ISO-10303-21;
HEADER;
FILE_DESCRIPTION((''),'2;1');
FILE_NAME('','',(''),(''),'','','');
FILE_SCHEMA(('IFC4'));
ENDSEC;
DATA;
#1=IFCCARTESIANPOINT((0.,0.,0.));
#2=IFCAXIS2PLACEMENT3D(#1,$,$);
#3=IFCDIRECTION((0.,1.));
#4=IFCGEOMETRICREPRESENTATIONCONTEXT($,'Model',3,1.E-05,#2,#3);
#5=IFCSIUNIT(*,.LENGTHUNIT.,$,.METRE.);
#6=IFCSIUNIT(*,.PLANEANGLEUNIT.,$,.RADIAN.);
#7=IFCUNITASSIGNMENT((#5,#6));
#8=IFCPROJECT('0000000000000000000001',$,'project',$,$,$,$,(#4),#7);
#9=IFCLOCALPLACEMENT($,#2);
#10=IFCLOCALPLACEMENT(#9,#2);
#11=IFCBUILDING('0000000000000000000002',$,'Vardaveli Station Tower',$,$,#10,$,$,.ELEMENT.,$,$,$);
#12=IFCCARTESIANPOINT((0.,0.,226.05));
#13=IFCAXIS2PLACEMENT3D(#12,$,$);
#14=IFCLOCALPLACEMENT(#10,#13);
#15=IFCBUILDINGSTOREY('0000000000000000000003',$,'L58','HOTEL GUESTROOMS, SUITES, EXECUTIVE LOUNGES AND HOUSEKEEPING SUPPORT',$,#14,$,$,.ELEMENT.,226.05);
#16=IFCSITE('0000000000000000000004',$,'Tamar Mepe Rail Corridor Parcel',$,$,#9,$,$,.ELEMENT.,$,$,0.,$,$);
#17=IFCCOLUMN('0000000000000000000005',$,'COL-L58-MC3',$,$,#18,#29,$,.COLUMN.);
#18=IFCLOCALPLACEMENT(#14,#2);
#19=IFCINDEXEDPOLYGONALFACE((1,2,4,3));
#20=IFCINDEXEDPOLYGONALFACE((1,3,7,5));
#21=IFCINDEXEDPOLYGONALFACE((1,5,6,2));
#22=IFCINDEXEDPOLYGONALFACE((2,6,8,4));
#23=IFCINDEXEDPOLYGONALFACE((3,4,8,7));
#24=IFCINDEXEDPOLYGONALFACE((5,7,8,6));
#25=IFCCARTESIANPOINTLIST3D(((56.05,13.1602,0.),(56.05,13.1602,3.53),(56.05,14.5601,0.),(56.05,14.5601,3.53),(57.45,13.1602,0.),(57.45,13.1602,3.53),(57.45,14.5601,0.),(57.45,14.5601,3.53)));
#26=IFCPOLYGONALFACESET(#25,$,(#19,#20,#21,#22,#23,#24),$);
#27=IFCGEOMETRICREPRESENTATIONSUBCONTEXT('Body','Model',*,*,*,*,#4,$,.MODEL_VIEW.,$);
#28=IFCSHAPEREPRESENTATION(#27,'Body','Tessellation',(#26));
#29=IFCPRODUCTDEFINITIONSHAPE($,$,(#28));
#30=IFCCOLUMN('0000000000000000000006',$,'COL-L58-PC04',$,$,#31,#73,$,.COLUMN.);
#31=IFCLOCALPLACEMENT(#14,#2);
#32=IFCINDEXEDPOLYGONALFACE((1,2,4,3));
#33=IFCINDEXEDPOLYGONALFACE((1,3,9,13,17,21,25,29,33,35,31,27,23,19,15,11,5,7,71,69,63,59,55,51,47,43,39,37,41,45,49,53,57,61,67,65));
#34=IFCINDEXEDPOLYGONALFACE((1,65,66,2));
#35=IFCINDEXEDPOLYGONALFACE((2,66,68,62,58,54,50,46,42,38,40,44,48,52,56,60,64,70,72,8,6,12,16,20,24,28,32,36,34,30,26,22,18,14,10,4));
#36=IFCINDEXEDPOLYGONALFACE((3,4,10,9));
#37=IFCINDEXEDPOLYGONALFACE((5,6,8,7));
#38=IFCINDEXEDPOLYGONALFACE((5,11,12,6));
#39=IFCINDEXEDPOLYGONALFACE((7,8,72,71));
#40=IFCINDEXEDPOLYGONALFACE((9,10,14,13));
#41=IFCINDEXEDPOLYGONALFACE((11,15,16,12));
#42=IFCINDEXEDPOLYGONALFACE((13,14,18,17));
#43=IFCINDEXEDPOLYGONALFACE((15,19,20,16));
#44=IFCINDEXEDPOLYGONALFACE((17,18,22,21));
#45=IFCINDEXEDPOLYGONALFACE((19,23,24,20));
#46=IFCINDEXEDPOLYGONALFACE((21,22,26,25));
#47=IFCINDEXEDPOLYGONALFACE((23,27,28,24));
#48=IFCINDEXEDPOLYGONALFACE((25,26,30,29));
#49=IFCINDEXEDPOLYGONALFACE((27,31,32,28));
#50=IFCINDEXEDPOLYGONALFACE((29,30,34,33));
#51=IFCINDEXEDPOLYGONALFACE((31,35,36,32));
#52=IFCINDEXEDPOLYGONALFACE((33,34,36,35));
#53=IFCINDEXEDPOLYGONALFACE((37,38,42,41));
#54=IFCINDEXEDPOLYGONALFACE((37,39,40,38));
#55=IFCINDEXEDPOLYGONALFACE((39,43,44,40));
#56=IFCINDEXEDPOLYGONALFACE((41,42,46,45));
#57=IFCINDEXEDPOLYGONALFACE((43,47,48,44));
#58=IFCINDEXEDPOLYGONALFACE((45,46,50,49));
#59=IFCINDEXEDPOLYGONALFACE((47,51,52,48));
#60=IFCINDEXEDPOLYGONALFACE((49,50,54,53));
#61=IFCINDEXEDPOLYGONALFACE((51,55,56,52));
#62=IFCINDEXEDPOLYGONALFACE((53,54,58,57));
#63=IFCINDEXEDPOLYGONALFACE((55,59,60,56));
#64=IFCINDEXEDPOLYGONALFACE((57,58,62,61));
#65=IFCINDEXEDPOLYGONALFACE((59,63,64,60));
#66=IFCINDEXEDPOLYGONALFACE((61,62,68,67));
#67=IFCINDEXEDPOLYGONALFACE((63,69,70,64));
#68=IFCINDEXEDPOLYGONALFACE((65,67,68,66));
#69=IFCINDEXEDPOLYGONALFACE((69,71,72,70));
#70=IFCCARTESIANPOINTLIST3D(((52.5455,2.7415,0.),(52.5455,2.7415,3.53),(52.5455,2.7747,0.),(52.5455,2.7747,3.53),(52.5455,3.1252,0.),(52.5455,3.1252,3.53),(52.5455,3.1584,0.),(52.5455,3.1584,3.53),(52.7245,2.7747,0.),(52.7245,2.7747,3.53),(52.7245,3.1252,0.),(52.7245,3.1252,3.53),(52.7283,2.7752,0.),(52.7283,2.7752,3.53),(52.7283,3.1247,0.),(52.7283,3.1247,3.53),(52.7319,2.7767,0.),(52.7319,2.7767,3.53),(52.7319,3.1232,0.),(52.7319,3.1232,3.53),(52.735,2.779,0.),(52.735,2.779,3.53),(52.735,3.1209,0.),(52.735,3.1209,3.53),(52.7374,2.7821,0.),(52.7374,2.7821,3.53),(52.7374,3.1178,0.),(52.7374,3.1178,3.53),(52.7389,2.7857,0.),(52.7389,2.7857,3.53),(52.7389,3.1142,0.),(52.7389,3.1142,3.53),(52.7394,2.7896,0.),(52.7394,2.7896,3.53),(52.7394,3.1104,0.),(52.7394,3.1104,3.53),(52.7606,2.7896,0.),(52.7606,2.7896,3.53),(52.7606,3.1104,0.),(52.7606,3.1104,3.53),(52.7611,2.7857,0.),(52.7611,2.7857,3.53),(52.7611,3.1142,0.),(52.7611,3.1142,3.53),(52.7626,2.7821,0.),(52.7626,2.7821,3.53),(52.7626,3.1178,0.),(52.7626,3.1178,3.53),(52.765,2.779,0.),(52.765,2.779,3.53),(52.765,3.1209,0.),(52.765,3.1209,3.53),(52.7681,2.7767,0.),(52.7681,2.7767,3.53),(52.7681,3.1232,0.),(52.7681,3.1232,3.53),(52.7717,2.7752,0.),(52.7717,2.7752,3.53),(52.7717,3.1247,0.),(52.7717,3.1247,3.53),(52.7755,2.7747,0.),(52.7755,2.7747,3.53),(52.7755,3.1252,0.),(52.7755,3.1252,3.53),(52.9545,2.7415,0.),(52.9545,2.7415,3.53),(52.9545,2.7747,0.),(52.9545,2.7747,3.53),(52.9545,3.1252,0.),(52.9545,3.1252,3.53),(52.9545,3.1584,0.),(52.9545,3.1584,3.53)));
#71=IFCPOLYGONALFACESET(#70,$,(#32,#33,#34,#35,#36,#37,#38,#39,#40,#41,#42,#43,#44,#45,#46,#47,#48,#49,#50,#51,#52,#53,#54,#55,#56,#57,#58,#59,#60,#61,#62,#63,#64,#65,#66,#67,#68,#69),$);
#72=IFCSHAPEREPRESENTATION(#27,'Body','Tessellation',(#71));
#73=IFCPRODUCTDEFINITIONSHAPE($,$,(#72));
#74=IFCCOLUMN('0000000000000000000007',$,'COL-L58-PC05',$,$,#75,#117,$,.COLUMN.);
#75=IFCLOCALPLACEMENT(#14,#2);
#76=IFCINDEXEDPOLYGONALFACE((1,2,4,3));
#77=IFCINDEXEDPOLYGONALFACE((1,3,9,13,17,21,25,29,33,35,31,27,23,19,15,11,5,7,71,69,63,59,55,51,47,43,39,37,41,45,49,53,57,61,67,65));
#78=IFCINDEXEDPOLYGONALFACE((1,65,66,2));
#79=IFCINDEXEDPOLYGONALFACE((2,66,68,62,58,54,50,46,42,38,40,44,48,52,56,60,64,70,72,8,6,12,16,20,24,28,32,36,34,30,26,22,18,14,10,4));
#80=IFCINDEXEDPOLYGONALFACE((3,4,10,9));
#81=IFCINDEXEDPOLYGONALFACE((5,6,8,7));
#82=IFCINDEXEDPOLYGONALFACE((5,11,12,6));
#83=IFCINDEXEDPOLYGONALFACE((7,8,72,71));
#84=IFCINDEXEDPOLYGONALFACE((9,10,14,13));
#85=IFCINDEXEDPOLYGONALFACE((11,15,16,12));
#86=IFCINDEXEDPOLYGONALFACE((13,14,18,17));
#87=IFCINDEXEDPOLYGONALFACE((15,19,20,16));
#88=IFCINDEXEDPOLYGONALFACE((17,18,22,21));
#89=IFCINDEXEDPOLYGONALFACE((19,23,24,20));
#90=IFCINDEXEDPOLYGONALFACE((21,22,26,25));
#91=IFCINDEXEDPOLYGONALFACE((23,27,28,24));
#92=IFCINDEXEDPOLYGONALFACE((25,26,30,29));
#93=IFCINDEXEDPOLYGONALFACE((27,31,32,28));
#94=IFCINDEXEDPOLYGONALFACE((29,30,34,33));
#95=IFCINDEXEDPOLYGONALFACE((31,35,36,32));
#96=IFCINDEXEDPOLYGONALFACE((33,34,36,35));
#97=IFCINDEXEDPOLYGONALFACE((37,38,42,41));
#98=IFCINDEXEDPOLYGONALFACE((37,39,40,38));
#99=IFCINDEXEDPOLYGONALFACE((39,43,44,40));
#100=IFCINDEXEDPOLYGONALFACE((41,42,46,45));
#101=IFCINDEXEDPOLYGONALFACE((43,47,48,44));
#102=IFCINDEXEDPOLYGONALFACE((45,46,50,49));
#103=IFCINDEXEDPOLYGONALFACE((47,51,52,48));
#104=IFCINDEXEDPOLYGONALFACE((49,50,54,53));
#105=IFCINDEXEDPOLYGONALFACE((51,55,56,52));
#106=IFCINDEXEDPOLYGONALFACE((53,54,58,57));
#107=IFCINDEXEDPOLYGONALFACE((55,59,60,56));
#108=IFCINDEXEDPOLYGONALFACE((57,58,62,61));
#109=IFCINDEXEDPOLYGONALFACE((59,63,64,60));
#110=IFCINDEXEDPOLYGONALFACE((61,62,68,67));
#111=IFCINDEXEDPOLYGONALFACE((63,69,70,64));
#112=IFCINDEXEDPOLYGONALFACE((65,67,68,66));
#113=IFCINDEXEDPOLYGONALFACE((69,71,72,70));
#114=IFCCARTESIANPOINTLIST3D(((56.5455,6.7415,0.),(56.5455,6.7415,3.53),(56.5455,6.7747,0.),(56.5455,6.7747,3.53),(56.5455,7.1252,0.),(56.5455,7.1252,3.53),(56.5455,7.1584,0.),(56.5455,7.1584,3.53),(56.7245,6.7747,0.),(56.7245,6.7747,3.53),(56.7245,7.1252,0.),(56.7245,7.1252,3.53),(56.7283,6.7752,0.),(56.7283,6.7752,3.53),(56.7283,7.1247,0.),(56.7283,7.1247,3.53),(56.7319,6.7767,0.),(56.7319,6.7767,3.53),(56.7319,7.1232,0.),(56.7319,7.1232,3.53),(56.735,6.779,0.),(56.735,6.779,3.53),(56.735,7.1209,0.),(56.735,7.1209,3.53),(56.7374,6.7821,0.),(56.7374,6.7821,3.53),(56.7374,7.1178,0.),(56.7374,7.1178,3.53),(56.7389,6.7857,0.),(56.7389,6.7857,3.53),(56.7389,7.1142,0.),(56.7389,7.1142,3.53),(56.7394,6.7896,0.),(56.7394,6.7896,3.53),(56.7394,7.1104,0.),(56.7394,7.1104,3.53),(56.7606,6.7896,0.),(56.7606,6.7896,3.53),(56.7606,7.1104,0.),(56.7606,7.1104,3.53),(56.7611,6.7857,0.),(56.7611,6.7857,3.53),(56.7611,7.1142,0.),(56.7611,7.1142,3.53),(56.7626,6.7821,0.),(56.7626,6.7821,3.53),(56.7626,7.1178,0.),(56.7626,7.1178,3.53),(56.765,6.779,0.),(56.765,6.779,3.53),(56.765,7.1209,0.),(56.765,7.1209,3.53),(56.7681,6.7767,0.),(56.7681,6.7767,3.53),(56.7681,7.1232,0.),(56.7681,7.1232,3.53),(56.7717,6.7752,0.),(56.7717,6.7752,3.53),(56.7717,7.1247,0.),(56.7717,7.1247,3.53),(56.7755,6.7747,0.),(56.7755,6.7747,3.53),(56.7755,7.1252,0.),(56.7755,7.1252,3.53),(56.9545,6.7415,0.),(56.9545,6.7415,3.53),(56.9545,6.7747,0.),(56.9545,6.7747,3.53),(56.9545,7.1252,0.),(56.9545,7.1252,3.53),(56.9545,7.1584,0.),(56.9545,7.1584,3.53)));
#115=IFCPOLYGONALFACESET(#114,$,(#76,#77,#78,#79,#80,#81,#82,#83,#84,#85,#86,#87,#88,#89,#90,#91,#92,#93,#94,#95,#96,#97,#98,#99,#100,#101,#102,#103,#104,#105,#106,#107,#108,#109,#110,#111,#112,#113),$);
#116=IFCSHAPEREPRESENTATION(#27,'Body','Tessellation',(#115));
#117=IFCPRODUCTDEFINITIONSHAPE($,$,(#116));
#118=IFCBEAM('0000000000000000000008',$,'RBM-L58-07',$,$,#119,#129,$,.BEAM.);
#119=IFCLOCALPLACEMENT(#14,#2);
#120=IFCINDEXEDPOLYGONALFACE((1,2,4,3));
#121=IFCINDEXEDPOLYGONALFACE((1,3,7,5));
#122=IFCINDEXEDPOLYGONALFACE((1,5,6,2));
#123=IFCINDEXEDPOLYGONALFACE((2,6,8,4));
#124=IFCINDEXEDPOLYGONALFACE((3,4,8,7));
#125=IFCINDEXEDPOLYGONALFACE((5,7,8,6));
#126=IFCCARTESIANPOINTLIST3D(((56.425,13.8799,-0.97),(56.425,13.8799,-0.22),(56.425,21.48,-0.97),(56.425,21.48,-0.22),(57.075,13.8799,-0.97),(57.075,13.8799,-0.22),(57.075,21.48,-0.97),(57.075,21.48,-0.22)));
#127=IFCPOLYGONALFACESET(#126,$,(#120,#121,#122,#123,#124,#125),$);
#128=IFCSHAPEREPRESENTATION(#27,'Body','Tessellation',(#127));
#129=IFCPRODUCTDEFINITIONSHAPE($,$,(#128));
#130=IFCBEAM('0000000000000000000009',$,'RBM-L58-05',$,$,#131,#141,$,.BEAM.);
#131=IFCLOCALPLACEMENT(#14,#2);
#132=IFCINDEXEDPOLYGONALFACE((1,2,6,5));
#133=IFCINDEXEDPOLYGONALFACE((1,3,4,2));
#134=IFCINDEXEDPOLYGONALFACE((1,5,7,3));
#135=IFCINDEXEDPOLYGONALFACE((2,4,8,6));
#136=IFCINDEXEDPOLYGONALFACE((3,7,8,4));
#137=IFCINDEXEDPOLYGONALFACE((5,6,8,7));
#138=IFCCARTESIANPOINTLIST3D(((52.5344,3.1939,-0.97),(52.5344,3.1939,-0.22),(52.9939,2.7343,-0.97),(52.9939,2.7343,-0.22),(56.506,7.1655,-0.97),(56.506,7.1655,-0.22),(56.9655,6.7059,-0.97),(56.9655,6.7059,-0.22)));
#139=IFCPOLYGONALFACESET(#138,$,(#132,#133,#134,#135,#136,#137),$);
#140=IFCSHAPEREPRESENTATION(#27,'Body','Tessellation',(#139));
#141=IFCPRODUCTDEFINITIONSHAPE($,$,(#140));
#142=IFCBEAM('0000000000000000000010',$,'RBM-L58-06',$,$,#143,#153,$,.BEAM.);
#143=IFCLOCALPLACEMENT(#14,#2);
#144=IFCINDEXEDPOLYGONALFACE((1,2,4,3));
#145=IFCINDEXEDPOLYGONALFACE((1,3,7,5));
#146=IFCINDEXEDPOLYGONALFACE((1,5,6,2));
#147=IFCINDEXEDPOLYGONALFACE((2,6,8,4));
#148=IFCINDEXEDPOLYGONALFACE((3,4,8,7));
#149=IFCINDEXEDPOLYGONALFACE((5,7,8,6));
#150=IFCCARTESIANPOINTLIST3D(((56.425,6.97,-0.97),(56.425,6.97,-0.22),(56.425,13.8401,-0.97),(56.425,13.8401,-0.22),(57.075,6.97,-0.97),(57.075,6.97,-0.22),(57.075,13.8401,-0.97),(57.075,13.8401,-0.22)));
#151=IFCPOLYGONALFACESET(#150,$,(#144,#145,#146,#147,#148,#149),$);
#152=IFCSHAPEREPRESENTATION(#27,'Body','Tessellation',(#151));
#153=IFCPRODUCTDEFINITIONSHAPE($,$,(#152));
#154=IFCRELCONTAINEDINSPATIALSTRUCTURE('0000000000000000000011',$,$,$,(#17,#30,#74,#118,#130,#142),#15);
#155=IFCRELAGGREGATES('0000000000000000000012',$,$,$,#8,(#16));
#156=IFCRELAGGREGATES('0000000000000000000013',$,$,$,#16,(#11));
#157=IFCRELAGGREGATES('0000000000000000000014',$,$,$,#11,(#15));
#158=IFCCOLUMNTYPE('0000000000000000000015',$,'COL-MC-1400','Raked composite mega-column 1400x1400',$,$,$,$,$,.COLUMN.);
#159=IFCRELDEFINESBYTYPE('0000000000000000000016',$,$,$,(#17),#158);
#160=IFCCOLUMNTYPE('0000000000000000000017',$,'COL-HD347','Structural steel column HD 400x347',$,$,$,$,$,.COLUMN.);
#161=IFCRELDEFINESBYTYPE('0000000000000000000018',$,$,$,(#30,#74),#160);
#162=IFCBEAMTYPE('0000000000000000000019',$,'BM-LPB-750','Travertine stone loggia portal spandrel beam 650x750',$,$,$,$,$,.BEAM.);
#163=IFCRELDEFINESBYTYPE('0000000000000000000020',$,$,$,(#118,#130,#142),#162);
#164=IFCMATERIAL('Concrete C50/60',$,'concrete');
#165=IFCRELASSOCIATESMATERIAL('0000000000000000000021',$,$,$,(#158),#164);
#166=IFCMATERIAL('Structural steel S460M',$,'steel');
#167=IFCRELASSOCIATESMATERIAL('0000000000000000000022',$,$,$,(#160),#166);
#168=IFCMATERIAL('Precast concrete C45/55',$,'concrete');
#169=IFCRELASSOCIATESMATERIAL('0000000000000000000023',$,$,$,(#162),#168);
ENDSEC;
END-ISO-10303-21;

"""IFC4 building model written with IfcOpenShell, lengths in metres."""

from ifc_helpers import new_model, si_unit, direction, frame, origin, origin_2d, place, context, subcontext, project, spatial, rectangle, i_section, extrude, source, transform, mapped, material, material_profile, profile_set, type_object, element, save


model = new_model("IFC4")

# Units and contexts
model_context = context("Model", 3, precision=1e-05, world=origin(), true_north=direction((0.0, 1.0)))
body_context = subcontext(model_context, "Body", "Model", "MODEL_VIEW")
ifc_project = project(units=[si_unit("LENGTHUNIT", "METRE"), si_unit("PLANEANGLEUNIT", "RADIAN")], contexts=[model_context])

# Site, building, storey
site_placement = place(None, origin())
site = spatial("IfcSite", under=ifc_project, at=site_placement, Name="Tamar Mepe Rail Corridor Parcel", CompositionType="ELEMENT", RefElevation=0.0)
building_placement = place(site_placement, origin())
building = spatial("IfcBuilding", under=site, at=building_placement, Name="Vardaveli Station Tower", CompositionType="ELEMENT")
storey_placement = place(building_placement, frame((0.0, 0.0, 226.05)))
storey = spatial("IfcBuildingStorey", under=building, at=storey_placement, Name="L58", Description="HOTEL GUESTROOMS, SUITES, EXECUTIVE LOUNGES AND HOUSEKEEPING SUPPORT", CompositionType="ELEMENT", Elevation=226.05)

# Columns
ifc_material_1 = material(Name="Concrete C50/60", Category="concrete")
ifc_material_profile_1 = material_profile(ifc_material_1, rectangle(XDim=1.3999, YDim=1.3999, at=origin_2d()), Name="MC 1400x1400")
ifc_profile_set_1 = profile_set([ifc_material_profile_1], Name="Concrete C50/60")
column_type_1 = type_object("IfcColumnType", Name="COL-MC-1400", Description="Raked composite mega-column 1400x1400", PredefinedType="COLUMN", material=ifc_profile_set_1)
shared_shape_1 = source(origin(), body_context, "Body", "SweptSolid", [
    extrude(rectangle(XDim=1.3999, YDim=1.3999, at=origin_2d()), origin(), (0.0, 0.0, 1.0), 3.53),
])
column_placement = place(storey_placement, frame((56.75, 13.8601, 0.0), z_axis=(0.0, 0.0, 1.0), x_axis=(1.0, 0.0, 0.0)))
element("IfcColumn", 1, at=column_placement, inside=storey, type_object=column_type_1, Name="COL-L58-MC3", PredefinedType="COLUMN", context=body_context, shape_type="MappedRepresentation", body=[
    mapped(shared_shape_1, transform((0.0, 0.0, 0.0), scale=1.0)),
])
ifc_material_2 = material(Name="Structural steel S460M", Category="steel")
ifc_material_profile_2 = material_profile(ifc_material_2, i_section(OverallWidth=0.4089, OverallDepth=0.417, WebThickness=0.0212, FlangeThickness=0.0332, FilletRadius=0.0149, at=origin_2d()), Name="HD 400x347")
ifc_profile_set_2 = profile_set([ifc_material_profile_2], Name="Structural steel S460M")
column_type_2 = type_object("IfcColumnType", Name="COL-HD347", Description="Structural steel column HD 400x347", PredefinedType="COLUMN", material=ifc_profile_set_2)
shared_shape_2 = source(origin(), body_context, "Body", "SweptSolid", [
    extrude(i_section(OverallWidth=0.4089, OverallDepth=0.417, WebThickness=0.0212, FlangeThickness=0.0332, FilletRadius=0.0149, at=origin_2d()), origin(), (0.0, 0.0, 1.0), 3.53),
])
for number, where, z_axis, x_axis, name in (
    (2, (52.75, 2.95, 0.0), (0.0, 0.0, 1.0), (1.0, 0.0, 0.0), "COL-L58-PC04"),
    (3, (56.75, 6.95, 0.0), (0.0, 0.0, 1.0), (1.0, 0.0, 0.0), "COL-L58-PC05"),
):
    element("IfcColumn", number, at=place(storey_placement, frame(where, z_axis=z_axis, x_axis=x_axis)), inside=storey, type_object=column_type_2, Name=name, PredefinedType="COLUMN", context=body_context, shape_type="MappedRepresentation", body=[
        mapped(shared_shape_2, transform((0.0, 0.0, 0.0), scale=1.0)),
    ])

# Beams
ifc_material_3 = material(Name="Precast concrete C45/55", Category="concrete")
ifc_material_profile_3 = material_profile(ifc_material_3, rectangle(XDim=0.6499, YDim=0.75, at=origin_2d()), Name="LPB 650x750")
ifc_profile_set_3 = profile_set([ifc_material_profile_3], Name="Precast concrete C45/55")
beam_type_1 = type_object("IfcBeamType", Name="BM-LPB-750", Description="Travertine stone loggia portal spandrel beam 650x750", PredefinedType="BEAM", material=ifc_profile_set_3)
shared_shape_3 = source(origin(), body_context, "Body", "SweptSolid", [
    extrude(rectangle(XDim=0.6499, YDim=0.75, at=origin_2d()), origin(), (0.0, 0.0, 1.0), 7.6001),
])
beam_1_placement = place(storey_placement, frame((56.75, 13.8799, -0.595), z_axis=(0.0, 1.0, 0.0), x_axis=(-1.0, 0.0, 0.0)))
element("IfcBeam", 4, at=beam_1_placement, inside=storey, type_object=beam_type_1, Name="RBM-L58-07", PredefinedType="BEAM", context=body_context, shape_type="MappedRepresentation", body=[
    mapped(shared_shape_3, transform((0.0, 0.0, 0.0), scale=1.0)),
])
shared_shape_4 = source(origin(), body_context, "Body", "SweptSolid", [
    extrude(rectangle(XDim=0.6499, YDim=0.75, at=origin_2d()), origin(), (0.0, 0.0, 1.0), 5.6167),
])
beam_2_placement = place(storey_placement, frame((52.7642, 2.9641, -0.595), z_axis=(0.707107, 0.707107, 0.0), x_axis=(-0.707107, 0.707107, 0.0)))
element("IfcBeam", 5, at=beam_2_placement, inside=storey, type_object=beam_type_1, Name="RBM-L58-05", PredefinedType="BEAM", context=body_context, shape_type="MappedRepresentation", body=[
    mapped(shared_shape_4, transform((0.0, 0.0, 0.0), scale=1.0)),
])
shared_shape_5 = source(origin(), body_context, "Body", "SweptSolid", [
    extrude(rectangle(XDim=0.6499, YDim=0.75, at=origin_2d()), origin(), (0.0, 0.0, 1.0), 6.8701),
])
beam_3_placement = place(storey_placement, frame((56.75, 6.97, -0.595), z_axis=(0.0, 1.0, 0.0), x_axis=(-1.0, 0.0, 0.0)))
element("IfcBeam", 6, at=beam_3_placement, inside=storey, type_object=beam_type_1, Name="RBM-L58-06", PredefinedType="BEAM", context=body_context, shape_type="MappedRepresentation", body=[
    mapped(shared_shape_5, transform((0.0, 0.0, 0.0), scale=1.0)),
])

save(model, "model.ifc")
